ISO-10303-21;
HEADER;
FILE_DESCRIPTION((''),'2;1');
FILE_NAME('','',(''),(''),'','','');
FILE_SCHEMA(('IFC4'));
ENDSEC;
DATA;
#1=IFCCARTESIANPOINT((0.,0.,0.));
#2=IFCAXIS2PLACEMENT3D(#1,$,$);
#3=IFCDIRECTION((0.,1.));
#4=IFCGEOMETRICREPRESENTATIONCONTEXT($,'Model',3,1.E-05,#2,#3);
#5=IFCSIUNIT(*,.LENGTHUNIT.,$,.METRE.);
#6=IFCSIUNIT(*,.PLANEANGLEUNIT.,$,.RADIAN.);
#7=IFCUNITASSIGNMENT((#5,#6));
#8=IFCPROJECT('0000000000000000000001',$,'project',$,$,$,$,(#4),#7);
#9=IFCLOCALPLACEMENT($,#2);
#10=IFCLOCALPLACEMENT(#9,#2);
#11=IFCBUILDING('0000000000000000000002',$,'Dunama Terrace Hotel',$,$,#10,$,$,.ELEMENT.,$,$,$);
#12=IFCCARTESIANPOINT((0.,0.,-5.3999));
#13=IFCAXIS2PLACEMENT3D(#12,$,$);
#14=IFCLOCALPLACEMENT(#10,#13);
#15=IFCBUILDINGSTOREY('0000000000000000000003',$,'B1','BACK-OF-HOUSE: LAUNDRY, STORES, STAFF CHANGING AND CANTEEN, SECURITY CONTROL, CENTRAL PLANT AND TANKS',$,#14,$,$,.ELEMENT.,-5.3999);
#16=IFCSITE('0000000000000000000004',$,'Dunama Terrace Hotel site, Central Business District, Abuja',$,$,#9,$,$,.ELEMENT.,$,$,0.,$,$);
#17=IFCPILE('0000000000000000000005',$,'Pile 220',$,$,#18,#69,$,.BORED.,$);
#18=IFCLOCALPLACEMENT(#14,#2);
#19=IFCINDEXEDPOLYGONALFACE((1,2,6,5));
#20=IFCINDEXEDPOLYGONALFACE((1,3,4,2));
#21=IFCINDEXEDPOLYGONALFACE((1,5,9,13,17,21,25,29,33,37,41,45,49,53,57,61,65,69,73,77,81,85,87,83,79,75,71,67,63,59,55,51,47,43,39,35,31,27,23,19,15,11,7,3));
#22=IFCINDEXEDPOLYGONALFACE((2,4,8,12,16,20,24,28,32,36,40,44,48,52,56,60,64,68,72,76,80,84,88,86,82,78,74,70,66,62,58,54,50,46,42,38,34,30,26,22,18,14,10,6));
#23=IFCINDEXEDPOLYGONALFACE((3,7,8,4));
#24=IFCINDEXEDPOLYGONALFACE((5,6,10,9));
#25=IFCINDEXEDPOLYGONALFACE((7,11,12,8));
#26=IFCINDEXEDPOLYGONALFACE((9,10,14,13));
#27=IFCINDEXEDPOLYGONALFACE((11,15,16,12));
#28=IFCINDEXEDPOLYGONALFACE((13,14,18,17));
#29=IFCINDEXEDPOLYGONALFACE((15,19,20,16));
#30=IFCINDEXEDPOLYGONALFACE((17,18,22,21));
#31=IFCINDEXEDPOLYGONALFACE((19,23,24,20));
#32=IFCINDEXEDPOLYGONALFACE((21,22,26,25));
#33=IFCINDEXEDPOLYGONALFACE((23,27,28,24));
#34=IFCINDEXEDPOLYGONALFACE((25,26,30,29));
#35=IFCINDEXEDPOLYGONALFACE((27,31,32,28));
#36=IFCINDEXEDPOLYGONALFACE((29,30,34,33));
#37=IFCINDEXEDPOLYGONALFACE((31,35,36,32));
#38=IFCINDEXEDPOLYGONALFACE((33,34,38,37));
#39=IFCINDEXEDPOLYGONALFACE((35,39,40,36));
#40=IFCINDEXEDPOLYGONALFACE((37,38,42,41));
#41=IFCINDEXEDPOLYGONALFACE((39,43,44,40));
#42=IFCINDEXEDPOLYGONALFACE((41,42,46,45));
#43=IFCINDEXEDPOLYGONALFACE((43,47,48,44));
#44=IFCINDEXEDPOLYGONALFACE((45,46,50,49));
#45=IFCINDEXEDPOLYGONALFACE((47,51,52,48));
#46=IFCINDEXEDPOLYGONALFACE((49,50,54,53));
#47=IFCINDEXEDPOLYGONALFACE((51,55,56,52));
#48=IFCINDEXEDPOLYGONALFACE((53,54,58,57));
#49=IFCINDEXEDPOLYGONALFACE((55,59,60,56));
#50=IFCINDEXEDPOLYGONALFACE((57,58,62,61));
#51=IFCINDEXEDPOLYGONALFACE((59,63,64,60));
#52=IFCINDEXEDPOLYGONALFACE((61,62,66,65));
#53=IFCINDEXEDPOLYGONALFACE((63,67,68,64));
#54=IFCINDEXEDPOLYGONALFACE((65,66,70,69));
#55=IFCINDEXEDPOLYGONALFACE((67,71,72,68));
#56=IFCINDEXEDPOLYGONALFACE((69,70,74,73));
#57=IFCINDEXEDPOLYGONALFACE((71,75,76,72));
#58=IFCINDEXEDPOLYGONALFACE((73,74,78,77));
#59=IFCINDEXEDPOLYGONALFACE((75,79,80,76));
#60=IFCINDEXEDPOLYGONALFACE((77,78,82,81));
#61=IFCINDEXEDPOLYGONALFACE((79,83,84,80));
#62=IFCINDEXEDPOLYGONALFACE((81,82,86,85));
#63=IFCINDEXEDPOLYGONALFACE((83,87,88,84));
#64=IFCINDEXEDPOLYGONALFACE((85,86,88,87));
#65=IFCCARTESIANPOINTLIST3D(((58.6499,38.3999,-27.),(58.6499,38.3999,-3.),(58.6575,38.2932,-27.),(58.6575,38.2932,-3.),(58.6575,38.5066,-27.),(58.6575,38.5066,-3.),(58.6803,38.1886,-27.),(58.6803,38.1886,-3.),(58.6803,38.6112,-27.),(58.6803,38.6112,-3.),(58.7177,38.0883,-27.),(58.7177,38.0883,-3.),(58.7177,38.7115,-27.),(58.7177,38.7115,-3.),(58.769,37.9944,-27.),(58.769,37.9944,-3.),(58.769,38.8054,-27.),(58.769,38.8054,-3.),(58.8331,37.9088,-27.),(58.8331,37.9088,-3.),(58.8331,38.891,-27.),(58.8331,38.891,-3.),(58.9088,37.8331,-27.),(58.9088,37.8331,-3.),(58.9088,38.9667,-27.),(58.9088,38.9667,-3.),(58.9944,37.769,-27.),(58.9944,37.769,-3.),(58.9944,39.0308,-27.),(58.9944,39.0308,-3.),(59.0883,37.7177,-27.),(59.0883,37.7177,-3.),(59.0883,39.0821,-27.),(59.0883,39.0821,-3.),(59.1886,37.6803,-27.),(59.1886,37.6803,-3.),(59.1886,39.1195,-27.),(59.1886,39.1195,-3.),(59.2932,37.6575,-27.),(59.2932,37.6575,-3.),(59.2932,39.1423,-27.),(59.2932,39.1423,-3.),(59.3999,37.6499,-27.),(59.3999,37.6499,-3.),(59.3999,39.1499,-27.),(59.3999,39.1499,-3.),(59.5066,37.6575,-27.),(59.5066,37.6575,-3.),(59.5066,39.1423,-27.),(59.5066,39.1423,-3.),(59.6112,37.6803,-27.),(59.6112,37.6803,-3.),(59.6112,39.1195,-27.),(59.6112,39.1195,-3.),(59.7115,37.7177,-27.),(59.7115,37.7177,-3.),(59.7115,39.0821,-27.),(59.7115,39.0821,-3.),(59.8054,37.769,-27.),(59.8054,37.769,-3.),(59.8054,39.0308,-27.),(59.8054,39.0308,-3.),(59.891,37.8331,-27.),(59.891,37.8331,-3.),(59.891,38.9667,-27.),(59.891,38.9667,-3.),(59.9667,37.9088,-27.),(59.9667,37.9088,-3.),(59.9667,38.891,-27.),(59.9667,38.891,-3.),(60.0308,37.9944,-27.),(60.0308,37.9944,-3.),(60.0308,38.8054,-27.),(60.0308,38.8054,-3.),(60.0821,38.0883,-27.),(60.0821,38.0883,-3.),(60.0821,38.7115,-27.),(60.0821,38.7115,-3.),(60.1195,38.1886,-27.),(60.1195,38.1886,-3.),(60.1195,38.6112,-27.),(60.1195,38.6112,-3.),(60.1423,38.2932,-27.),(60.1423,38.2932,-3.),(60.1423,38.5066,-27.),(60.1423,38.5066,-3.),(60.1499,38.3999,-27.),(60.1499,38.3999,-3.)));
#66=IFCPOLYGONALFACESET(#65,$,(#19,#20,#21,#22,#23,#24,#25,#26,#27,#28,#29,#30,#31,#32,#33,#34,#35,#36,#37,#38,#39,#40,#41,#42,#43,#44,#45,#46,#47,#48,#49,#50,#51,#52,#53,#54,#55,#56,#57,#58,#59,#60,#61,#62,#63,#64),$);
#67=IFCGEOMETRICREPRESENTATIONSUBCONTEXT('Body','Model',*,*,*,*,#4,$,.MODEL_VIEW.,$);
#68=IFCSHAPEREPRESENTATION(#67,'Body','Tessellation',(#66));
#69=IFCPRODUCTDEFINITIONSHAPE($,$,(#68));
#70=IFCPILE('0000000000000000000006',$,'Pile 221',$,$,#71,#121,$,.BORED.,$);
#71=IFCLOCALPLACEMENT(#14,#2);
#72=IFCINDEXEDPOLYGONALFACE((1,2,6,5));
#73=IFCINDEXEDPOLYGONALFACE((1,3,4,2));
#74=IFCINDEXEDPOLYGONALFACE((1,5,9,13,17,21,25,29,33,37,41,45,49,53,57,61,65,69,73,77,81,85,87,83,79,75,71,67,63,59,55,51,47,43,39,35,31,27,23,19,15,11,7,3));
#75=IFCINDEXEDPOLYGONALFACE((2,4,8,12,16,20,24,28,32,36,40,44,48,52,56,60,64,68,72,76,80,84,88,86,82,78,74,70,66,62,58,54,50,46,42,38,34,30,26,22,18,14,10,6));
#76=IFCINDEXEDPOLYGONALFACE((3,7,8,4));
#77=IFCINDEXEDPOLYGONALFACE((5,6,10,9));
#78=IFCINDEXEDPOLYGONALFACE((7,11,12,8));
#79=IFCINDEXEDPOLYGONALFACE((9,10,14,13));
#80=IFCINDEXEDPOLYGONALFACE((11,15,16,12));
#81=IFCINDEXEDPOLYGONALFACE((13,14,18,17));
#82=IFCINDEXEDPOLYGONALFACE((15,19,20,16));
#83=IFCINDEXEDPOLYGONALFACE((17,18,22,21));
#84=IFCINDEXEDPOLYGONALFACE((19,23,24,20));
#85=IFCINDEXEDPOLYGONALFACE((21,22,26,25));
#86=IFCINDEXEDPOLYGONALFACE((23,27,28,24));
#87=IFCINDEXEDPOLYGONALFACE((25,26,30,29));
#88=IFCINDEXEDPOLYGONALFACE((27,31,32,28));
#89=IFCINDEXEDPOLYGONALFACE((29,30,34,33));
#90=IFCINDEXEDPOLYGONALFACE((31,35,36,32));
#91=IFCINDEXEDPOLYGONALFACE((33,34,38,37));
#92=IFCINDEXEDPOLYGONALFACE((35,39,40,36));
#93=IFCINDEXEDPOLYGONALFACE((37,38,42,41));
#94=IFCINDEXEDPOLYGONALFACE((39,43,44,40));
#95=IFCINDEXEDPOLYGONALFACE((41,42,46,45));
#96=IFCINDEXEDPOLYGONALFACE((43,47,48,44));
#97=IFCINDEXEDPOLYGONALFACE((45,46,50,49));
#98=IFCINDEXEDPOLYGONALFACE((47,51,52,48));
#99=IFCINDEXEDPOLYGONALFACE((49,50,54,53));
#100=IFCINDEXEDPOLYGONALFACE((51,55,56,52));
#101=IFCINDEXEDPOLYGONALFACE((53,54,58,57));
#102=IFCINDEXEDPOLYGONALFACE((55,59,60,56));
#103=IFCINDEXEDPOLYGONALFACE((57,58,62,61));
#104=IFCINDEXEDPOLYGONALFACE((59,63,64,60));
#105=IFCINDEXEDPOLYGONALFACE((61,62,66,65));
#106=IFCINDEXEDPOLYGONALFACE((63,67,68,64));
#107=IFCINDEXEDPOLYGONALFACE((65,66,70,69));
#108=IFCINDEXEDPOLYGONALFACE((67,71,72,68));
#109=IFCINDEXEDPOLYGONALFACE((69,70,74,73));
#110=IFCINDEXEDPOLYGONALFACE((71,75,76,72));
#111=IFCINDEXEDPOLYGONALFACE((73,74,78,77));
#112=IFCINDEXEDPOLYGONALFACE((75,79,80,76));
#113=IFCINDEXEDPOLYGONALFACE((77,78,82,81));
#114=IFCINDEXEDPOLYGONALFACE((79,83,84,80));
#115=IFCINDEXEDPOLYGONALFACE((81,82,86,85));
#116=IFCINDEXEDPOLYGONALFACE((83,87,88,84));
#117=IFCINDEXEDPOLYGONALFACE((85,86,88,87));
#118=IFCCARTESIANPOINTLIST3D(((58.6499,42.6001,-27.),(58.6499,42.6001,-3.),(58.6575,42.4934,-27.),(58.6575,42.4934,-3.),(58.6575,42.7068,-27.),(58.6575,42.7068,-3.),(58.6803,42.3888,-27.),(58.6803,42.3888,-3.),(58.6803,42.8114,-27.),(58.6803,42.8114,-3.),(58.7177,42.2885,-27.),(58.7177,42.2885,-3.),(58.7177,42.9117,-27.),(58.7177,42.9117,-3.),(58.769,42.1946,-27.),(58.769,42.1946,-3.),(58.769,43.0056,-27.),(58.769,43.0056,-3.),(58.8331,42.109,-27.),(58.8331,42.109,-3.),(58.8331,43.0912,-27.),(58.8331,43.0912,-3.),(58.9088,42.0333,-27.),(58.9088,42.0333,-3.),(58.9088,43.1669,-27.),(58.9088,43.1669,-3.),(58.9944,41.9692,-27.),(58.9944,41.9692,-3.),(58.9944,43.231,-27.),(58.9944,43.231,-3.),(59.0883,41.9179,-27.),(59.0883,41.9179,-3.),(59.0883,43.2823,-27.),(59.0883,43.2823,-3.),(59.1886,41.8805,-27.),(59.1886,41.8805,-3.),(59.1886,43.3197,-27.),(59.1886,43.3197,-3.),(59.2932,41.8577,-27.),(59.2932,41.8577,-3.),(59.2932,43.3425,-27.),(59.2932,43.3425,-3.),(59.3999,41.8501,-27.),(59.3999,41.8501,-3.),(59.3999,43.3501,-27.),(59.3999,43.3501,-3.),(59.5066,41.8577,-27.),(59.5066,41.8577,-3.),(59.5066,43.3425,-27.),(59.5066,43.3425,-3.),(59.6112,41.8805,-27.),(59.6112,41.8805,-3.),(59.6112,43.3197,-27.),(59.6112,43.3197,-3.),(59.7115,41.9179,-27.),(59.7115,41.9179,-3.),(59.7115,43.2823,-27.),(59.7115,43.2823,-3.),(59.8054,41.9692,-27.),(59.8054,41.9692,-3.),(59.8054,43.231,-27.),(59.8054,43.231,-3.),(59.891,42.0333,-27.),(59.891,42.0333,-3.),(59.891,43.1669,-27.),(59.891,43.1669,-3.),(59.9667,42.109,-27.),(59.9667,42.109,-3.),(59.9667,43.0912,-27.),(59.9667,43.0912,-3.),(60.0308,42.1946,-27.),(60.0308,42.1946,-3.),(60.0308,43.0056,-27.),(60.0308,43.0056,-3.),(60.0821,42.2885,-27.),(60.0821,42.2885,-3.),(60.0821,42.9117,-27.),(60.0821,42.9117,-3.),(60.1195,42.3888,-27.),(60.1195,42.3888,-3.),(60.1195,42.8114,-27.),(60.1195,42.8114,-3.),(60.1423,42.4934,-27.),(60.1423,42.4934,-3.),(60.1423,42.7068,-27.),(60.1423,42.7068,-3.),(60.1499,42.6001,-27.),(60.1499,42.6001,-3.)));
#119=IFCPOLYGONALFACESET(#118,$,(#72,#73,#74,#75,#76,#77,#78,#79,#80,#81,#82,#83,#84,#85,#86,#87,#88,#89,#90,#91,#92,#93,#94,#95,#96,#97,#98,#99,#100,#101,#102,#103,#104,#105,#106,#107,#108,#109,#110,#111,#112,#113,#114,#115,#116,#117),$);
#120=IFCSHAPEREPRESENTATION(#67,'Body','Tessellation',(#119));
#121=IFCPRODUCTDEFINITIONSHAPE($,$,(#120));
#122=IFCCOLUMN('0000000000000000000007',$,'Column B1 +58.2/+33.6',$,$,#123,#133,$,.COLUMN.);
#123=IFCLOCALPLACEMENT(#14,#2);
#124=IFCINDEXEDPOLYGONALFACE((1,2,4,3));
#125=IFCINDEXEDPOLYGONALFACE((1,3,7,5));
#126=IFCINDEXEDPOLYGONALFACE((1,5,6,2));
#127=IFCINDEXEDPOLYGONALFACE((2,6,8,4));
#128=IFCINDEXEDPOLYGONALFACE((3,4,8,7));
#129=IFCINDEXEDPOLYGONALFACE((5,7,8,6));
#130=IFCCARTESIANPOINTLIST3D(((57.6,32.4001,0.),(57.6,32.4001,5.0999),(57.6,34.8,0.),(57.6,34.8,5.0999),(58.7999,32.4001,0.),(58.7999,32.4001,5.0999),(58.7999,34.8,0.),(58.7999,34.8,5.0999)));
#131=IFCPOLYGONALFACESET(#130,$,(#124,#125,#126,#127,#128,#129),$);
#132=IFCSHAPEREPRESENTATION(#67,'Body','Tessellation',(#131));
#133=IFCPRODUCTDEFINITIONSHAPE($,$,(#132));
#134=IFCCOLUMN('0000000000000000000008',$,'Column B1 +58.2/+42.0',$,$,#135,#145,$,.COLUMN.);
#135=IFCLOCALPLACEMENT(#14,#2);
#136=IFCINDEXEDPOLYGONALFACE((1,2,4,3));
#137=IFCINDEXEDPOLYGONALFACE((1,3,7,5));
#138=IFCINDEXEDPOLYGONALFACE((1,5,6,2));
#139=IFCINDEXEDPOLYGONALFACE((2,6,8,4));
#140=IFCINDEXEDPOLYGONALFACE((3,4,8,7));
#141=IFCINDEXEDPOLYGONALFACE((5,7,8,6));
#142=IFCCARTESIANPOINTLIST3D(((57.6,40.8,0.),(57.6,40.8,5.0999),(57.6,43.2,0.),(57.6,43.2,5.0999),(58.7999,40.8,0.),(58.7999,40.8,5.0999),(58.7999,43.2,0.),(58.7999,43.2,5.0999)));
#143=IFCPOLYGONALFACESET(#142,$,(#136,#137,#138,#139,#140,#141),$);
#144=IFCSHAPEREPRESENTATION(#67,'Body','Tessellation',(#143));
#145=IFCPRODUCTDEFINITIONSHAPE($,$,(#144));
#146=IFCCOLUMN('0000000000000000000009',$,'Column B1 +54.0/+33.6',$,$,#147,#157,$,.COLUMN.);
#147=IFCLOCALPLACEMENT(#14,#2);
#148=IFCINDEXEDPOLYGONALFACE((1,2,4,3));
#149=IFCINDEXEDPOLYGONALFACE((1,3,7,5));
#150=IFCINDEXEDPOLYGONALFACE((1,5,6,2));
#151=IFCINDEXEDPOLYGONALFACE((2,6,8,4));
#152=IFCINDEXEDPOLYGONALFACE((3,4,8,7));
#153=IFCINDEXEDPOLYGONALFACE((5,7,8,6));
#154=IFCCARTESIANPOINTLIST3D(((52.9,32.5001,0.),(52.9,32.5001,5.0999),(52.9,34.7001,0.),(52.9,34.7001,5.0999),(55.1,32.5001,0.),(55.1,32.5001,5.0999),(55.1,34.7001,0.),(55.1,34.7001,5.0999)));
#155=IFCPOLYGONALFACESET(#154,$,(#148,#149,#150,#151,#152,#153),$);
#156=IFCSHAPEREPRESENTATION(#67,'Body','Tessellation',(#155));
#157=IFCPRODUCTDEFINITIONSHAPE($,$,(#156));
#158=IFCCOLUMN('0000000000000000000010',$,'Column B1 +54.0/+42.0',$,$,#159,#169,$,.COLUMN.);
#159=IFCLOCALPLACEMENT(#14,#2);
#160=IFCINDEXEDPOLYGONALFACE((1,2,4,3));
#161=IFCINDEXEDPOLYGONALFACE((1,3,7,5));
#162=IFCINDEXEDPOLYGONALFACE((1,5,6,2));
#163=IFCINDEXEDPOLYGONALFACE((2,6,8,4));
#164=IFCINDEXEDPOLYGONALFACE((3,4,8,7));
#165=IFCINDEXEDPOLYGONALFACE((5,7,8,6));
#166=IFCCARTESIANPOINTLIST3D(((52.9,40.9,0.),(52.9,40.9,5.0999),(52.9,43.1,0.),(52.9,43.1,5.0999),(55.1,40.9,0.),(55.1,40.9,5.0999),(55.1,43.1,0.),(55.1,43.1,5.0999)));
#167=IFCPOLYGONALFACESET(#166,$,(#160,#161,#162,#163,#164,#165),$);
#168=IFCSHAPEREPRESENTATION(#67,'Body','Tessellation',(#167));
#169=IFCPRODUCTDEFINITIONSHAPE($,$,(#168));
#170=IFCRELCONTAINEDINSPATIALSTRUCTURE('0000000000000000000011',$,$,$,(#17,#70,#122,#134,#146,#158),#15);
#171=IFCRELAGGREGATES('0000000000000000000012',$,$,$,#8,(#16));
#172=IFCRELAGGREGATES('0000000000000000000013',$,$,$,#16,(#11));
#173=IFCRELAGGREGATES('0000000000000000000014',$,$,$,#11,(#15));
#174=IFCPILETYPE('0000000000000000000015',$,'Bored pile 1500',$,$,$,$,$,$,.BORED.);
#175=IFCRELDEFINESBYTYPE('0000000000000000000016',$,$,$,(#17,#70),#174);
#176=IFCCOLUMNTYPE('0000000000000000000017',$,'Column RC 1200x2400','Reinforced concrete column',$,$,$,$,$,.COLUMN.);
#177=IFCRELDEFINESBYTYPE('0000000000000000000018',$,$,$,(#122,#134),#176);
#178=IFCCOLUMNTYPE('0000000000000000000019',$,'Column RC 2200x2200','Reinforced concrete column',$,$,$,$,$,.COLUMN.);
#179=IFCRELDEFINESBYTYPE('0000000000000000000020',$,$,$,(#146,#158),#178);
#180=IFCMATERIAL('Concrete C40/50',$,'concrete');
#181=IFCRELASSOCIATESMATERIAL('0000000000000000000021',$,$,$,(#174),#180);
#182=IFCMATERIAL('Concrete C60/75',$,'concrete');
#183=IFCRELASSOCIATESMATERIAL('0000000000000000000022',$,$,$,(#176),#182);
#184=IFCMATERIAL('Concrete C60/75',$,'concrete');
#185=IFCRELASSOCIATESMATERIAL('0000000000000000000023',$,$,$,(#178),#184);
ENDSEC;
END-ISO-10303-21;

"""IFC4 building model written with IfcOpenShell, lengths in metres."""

from ifc_helpers import new_model, si_unit, direction, frame, origin, origin_2d, place, context, subcontext, project, spatial, rectangle, circle, extrude, material, material_profile, profile_set, type_object, element, save


model = new_model("IFC4")

# Units and contexts
model_context = context("Model", 3, precision=1e-05, world=origin(), true_north=direction((0.0, 1.0)))
body_context = subcontext(model_context, "Body", "Model", "MODEL_VIEW")
ifc_project = project(units=[si_unit("LENGTHUNIT", "METRE"), si_unit("PLANEANGLEUNIT", "RADIAN")], contexts=[model_context])

# Site, building, storey
site_placement = place(None, origin())
site = spatial("IfcSite", under=ifc_project, at=site_placement, Name="Dunama Terrace Hotel site, Central Business District, Abuja", CompositionType="ELEMENT", RefElevation=0.0)
building_placement = place(site_placement, origin())
building = spatial("IfcBuilding", under=site, at=building_placement, Name="Dunama Terrace Hotel", CompositionType="ELEMENT")
storey_placement = place(building_placement, frame((0.0, 0.0, -5.3999)))
storey = spatial("IfcBuildingStorey", under=building, at=storey_placement, Name="B1", Description="BACK-OF-HOUSE: LAUNDRY, STORES, STAFF CHANGING AND CANTEEN, SECURITY CONTROL, CENTRAL PLANT AND TANKS", CompositionType="ELEMENT", Elevation=-5.3999)

# Piles
ifc_material_1 = material(Name="Concrete C40/50", Category="concrete")
ifc_material_profile_1 = material_profile(ifc_material_1, circle(Radius=0.75, at=origin_2d()), Name="PILE D1500")
ifc_profile_set_1 = profile_set([ifc_material_profile_1], Name="Concrete C40/50")
pile_type = type_object("IfcPileType", Name="Bored pile 1500", PredefinedType="BORED", material=ifc_profile_set_1)
for number, where, z_axis, x_axis, name in (
    (1, (59.3999, 38.3999, -3.0), (0.0, 0.0, -1.0), (1.0, 0.0, 0.0), "Pile 220"),
    (2, (59.3999, 42.6001, -3.0), (0.0, 0.0, -1.0), (1.0, 0.0, 0.0), "Pile 221"),
):
    element("IfcPile", number, at=place(storey_placement, frame(where, z_axis=z_axis, x_axis=x_axis)), inside=storey, type_object=pile_type, Name=name, PredefinedType="BORED", context=body_context, shape_type="SweptSolid", body=[
        extrude(circle(Radius=0.75, at=origin_2d()), origin(), (0.0, 0.0, 1.0), 24.0),
    ])

# Columns
ifc_material_2 = material(Name="Concrete C60/75", Category="concrete")
ifc_material_profile_2 = material_profile(ifc_material_2, rectangle(XDim=1.2, YDim=2.3999, at=origin_2d()), Name="RC 1200x2400")
ifc_profile_set_2 = profile_set([ifc_material_profile_2], Name="Concrete C60/75")
column_type_1 = type_object("IfcColumnType", Name="Column RC 1200x2400", Description="Reinforced concrete column", PredefinedType="COLUMN", material=ifc_profile_set_2)
for number, where, z_axis, x_axis, name in (
    (3, (58.2, 33.6001, 0.0), (0.0, 0.0, 1.0), (1.0, 0.0, 0.0), "Column B1 +58.2/+33.6"),
    (4, (58.2, 42.0, 0.0), (0.0, 0.0, 1.0), (1.0, 0.0, 0.0), "Column B1 +58.2/+42.0"),
):
    element("IfcColumn", number, at=place(storey_placement, frame(where, z_axis=z_axis, x_axis=x_axis)), inside=storey, type_object=column_type_1, Name=name, PredefinedType="COLUMN", context=body_context, shape_type="SweptSolid", body=[
        extrude(rectangle(XDim=1.2, YDim=2.3999, at=origin_2d()), origin(), (0.0, 0.0, 1.0), 5.0999),
    ])
ifc_material_3 = material(Name="Concrete C60/75", Category="concrete")
ifc_material_profile_3 = material_profile(ifc_material_3, rectangle(XDim=2.2, YDim=2.2, at=origin_2d()), Name="RC 2200x2200")
ifc_profile_set_3 = profile_set([ifc_material_profile_3], Name="Concrete C60/75")
column_type_2 = type_object("IfcColumnType", Name="Column RC 2200x2200", Description="Reinforced concrete column", PredefinedType="COLUMN", material=ifc_profile_set_3)
for number, where, z_axis, x_axis, name in (
    (5, (54.0, 33.6001, 0.0), (0.0, 0.0, 1.0), (1.0, 0.0, 0.0), "Column B1 +54.0/+33.6"),
    (6, (54.0, 42.0, 0.0), (0.0, 0.0, 1.0), (1.0, 0.0, 0.0), "Column B1 +54.0/+42.0"),
):
    element("IfcColumn", number, at=place(storey_placement, frame(where, z_axis=z_axis, x_axis=x_axis)), inside=storey, type_object=column_type_2, Name=name, PredefinedType="COLUMN", context=body_context, shape_type="SweptSolid", body=[
        extrude(rectangle(XDim=2.2, YDim=2.2, at=origin_2d()), origin(), (0.0, 0.0, 1.0), 5.0999),
    ])

save(model, "model.ifc")
